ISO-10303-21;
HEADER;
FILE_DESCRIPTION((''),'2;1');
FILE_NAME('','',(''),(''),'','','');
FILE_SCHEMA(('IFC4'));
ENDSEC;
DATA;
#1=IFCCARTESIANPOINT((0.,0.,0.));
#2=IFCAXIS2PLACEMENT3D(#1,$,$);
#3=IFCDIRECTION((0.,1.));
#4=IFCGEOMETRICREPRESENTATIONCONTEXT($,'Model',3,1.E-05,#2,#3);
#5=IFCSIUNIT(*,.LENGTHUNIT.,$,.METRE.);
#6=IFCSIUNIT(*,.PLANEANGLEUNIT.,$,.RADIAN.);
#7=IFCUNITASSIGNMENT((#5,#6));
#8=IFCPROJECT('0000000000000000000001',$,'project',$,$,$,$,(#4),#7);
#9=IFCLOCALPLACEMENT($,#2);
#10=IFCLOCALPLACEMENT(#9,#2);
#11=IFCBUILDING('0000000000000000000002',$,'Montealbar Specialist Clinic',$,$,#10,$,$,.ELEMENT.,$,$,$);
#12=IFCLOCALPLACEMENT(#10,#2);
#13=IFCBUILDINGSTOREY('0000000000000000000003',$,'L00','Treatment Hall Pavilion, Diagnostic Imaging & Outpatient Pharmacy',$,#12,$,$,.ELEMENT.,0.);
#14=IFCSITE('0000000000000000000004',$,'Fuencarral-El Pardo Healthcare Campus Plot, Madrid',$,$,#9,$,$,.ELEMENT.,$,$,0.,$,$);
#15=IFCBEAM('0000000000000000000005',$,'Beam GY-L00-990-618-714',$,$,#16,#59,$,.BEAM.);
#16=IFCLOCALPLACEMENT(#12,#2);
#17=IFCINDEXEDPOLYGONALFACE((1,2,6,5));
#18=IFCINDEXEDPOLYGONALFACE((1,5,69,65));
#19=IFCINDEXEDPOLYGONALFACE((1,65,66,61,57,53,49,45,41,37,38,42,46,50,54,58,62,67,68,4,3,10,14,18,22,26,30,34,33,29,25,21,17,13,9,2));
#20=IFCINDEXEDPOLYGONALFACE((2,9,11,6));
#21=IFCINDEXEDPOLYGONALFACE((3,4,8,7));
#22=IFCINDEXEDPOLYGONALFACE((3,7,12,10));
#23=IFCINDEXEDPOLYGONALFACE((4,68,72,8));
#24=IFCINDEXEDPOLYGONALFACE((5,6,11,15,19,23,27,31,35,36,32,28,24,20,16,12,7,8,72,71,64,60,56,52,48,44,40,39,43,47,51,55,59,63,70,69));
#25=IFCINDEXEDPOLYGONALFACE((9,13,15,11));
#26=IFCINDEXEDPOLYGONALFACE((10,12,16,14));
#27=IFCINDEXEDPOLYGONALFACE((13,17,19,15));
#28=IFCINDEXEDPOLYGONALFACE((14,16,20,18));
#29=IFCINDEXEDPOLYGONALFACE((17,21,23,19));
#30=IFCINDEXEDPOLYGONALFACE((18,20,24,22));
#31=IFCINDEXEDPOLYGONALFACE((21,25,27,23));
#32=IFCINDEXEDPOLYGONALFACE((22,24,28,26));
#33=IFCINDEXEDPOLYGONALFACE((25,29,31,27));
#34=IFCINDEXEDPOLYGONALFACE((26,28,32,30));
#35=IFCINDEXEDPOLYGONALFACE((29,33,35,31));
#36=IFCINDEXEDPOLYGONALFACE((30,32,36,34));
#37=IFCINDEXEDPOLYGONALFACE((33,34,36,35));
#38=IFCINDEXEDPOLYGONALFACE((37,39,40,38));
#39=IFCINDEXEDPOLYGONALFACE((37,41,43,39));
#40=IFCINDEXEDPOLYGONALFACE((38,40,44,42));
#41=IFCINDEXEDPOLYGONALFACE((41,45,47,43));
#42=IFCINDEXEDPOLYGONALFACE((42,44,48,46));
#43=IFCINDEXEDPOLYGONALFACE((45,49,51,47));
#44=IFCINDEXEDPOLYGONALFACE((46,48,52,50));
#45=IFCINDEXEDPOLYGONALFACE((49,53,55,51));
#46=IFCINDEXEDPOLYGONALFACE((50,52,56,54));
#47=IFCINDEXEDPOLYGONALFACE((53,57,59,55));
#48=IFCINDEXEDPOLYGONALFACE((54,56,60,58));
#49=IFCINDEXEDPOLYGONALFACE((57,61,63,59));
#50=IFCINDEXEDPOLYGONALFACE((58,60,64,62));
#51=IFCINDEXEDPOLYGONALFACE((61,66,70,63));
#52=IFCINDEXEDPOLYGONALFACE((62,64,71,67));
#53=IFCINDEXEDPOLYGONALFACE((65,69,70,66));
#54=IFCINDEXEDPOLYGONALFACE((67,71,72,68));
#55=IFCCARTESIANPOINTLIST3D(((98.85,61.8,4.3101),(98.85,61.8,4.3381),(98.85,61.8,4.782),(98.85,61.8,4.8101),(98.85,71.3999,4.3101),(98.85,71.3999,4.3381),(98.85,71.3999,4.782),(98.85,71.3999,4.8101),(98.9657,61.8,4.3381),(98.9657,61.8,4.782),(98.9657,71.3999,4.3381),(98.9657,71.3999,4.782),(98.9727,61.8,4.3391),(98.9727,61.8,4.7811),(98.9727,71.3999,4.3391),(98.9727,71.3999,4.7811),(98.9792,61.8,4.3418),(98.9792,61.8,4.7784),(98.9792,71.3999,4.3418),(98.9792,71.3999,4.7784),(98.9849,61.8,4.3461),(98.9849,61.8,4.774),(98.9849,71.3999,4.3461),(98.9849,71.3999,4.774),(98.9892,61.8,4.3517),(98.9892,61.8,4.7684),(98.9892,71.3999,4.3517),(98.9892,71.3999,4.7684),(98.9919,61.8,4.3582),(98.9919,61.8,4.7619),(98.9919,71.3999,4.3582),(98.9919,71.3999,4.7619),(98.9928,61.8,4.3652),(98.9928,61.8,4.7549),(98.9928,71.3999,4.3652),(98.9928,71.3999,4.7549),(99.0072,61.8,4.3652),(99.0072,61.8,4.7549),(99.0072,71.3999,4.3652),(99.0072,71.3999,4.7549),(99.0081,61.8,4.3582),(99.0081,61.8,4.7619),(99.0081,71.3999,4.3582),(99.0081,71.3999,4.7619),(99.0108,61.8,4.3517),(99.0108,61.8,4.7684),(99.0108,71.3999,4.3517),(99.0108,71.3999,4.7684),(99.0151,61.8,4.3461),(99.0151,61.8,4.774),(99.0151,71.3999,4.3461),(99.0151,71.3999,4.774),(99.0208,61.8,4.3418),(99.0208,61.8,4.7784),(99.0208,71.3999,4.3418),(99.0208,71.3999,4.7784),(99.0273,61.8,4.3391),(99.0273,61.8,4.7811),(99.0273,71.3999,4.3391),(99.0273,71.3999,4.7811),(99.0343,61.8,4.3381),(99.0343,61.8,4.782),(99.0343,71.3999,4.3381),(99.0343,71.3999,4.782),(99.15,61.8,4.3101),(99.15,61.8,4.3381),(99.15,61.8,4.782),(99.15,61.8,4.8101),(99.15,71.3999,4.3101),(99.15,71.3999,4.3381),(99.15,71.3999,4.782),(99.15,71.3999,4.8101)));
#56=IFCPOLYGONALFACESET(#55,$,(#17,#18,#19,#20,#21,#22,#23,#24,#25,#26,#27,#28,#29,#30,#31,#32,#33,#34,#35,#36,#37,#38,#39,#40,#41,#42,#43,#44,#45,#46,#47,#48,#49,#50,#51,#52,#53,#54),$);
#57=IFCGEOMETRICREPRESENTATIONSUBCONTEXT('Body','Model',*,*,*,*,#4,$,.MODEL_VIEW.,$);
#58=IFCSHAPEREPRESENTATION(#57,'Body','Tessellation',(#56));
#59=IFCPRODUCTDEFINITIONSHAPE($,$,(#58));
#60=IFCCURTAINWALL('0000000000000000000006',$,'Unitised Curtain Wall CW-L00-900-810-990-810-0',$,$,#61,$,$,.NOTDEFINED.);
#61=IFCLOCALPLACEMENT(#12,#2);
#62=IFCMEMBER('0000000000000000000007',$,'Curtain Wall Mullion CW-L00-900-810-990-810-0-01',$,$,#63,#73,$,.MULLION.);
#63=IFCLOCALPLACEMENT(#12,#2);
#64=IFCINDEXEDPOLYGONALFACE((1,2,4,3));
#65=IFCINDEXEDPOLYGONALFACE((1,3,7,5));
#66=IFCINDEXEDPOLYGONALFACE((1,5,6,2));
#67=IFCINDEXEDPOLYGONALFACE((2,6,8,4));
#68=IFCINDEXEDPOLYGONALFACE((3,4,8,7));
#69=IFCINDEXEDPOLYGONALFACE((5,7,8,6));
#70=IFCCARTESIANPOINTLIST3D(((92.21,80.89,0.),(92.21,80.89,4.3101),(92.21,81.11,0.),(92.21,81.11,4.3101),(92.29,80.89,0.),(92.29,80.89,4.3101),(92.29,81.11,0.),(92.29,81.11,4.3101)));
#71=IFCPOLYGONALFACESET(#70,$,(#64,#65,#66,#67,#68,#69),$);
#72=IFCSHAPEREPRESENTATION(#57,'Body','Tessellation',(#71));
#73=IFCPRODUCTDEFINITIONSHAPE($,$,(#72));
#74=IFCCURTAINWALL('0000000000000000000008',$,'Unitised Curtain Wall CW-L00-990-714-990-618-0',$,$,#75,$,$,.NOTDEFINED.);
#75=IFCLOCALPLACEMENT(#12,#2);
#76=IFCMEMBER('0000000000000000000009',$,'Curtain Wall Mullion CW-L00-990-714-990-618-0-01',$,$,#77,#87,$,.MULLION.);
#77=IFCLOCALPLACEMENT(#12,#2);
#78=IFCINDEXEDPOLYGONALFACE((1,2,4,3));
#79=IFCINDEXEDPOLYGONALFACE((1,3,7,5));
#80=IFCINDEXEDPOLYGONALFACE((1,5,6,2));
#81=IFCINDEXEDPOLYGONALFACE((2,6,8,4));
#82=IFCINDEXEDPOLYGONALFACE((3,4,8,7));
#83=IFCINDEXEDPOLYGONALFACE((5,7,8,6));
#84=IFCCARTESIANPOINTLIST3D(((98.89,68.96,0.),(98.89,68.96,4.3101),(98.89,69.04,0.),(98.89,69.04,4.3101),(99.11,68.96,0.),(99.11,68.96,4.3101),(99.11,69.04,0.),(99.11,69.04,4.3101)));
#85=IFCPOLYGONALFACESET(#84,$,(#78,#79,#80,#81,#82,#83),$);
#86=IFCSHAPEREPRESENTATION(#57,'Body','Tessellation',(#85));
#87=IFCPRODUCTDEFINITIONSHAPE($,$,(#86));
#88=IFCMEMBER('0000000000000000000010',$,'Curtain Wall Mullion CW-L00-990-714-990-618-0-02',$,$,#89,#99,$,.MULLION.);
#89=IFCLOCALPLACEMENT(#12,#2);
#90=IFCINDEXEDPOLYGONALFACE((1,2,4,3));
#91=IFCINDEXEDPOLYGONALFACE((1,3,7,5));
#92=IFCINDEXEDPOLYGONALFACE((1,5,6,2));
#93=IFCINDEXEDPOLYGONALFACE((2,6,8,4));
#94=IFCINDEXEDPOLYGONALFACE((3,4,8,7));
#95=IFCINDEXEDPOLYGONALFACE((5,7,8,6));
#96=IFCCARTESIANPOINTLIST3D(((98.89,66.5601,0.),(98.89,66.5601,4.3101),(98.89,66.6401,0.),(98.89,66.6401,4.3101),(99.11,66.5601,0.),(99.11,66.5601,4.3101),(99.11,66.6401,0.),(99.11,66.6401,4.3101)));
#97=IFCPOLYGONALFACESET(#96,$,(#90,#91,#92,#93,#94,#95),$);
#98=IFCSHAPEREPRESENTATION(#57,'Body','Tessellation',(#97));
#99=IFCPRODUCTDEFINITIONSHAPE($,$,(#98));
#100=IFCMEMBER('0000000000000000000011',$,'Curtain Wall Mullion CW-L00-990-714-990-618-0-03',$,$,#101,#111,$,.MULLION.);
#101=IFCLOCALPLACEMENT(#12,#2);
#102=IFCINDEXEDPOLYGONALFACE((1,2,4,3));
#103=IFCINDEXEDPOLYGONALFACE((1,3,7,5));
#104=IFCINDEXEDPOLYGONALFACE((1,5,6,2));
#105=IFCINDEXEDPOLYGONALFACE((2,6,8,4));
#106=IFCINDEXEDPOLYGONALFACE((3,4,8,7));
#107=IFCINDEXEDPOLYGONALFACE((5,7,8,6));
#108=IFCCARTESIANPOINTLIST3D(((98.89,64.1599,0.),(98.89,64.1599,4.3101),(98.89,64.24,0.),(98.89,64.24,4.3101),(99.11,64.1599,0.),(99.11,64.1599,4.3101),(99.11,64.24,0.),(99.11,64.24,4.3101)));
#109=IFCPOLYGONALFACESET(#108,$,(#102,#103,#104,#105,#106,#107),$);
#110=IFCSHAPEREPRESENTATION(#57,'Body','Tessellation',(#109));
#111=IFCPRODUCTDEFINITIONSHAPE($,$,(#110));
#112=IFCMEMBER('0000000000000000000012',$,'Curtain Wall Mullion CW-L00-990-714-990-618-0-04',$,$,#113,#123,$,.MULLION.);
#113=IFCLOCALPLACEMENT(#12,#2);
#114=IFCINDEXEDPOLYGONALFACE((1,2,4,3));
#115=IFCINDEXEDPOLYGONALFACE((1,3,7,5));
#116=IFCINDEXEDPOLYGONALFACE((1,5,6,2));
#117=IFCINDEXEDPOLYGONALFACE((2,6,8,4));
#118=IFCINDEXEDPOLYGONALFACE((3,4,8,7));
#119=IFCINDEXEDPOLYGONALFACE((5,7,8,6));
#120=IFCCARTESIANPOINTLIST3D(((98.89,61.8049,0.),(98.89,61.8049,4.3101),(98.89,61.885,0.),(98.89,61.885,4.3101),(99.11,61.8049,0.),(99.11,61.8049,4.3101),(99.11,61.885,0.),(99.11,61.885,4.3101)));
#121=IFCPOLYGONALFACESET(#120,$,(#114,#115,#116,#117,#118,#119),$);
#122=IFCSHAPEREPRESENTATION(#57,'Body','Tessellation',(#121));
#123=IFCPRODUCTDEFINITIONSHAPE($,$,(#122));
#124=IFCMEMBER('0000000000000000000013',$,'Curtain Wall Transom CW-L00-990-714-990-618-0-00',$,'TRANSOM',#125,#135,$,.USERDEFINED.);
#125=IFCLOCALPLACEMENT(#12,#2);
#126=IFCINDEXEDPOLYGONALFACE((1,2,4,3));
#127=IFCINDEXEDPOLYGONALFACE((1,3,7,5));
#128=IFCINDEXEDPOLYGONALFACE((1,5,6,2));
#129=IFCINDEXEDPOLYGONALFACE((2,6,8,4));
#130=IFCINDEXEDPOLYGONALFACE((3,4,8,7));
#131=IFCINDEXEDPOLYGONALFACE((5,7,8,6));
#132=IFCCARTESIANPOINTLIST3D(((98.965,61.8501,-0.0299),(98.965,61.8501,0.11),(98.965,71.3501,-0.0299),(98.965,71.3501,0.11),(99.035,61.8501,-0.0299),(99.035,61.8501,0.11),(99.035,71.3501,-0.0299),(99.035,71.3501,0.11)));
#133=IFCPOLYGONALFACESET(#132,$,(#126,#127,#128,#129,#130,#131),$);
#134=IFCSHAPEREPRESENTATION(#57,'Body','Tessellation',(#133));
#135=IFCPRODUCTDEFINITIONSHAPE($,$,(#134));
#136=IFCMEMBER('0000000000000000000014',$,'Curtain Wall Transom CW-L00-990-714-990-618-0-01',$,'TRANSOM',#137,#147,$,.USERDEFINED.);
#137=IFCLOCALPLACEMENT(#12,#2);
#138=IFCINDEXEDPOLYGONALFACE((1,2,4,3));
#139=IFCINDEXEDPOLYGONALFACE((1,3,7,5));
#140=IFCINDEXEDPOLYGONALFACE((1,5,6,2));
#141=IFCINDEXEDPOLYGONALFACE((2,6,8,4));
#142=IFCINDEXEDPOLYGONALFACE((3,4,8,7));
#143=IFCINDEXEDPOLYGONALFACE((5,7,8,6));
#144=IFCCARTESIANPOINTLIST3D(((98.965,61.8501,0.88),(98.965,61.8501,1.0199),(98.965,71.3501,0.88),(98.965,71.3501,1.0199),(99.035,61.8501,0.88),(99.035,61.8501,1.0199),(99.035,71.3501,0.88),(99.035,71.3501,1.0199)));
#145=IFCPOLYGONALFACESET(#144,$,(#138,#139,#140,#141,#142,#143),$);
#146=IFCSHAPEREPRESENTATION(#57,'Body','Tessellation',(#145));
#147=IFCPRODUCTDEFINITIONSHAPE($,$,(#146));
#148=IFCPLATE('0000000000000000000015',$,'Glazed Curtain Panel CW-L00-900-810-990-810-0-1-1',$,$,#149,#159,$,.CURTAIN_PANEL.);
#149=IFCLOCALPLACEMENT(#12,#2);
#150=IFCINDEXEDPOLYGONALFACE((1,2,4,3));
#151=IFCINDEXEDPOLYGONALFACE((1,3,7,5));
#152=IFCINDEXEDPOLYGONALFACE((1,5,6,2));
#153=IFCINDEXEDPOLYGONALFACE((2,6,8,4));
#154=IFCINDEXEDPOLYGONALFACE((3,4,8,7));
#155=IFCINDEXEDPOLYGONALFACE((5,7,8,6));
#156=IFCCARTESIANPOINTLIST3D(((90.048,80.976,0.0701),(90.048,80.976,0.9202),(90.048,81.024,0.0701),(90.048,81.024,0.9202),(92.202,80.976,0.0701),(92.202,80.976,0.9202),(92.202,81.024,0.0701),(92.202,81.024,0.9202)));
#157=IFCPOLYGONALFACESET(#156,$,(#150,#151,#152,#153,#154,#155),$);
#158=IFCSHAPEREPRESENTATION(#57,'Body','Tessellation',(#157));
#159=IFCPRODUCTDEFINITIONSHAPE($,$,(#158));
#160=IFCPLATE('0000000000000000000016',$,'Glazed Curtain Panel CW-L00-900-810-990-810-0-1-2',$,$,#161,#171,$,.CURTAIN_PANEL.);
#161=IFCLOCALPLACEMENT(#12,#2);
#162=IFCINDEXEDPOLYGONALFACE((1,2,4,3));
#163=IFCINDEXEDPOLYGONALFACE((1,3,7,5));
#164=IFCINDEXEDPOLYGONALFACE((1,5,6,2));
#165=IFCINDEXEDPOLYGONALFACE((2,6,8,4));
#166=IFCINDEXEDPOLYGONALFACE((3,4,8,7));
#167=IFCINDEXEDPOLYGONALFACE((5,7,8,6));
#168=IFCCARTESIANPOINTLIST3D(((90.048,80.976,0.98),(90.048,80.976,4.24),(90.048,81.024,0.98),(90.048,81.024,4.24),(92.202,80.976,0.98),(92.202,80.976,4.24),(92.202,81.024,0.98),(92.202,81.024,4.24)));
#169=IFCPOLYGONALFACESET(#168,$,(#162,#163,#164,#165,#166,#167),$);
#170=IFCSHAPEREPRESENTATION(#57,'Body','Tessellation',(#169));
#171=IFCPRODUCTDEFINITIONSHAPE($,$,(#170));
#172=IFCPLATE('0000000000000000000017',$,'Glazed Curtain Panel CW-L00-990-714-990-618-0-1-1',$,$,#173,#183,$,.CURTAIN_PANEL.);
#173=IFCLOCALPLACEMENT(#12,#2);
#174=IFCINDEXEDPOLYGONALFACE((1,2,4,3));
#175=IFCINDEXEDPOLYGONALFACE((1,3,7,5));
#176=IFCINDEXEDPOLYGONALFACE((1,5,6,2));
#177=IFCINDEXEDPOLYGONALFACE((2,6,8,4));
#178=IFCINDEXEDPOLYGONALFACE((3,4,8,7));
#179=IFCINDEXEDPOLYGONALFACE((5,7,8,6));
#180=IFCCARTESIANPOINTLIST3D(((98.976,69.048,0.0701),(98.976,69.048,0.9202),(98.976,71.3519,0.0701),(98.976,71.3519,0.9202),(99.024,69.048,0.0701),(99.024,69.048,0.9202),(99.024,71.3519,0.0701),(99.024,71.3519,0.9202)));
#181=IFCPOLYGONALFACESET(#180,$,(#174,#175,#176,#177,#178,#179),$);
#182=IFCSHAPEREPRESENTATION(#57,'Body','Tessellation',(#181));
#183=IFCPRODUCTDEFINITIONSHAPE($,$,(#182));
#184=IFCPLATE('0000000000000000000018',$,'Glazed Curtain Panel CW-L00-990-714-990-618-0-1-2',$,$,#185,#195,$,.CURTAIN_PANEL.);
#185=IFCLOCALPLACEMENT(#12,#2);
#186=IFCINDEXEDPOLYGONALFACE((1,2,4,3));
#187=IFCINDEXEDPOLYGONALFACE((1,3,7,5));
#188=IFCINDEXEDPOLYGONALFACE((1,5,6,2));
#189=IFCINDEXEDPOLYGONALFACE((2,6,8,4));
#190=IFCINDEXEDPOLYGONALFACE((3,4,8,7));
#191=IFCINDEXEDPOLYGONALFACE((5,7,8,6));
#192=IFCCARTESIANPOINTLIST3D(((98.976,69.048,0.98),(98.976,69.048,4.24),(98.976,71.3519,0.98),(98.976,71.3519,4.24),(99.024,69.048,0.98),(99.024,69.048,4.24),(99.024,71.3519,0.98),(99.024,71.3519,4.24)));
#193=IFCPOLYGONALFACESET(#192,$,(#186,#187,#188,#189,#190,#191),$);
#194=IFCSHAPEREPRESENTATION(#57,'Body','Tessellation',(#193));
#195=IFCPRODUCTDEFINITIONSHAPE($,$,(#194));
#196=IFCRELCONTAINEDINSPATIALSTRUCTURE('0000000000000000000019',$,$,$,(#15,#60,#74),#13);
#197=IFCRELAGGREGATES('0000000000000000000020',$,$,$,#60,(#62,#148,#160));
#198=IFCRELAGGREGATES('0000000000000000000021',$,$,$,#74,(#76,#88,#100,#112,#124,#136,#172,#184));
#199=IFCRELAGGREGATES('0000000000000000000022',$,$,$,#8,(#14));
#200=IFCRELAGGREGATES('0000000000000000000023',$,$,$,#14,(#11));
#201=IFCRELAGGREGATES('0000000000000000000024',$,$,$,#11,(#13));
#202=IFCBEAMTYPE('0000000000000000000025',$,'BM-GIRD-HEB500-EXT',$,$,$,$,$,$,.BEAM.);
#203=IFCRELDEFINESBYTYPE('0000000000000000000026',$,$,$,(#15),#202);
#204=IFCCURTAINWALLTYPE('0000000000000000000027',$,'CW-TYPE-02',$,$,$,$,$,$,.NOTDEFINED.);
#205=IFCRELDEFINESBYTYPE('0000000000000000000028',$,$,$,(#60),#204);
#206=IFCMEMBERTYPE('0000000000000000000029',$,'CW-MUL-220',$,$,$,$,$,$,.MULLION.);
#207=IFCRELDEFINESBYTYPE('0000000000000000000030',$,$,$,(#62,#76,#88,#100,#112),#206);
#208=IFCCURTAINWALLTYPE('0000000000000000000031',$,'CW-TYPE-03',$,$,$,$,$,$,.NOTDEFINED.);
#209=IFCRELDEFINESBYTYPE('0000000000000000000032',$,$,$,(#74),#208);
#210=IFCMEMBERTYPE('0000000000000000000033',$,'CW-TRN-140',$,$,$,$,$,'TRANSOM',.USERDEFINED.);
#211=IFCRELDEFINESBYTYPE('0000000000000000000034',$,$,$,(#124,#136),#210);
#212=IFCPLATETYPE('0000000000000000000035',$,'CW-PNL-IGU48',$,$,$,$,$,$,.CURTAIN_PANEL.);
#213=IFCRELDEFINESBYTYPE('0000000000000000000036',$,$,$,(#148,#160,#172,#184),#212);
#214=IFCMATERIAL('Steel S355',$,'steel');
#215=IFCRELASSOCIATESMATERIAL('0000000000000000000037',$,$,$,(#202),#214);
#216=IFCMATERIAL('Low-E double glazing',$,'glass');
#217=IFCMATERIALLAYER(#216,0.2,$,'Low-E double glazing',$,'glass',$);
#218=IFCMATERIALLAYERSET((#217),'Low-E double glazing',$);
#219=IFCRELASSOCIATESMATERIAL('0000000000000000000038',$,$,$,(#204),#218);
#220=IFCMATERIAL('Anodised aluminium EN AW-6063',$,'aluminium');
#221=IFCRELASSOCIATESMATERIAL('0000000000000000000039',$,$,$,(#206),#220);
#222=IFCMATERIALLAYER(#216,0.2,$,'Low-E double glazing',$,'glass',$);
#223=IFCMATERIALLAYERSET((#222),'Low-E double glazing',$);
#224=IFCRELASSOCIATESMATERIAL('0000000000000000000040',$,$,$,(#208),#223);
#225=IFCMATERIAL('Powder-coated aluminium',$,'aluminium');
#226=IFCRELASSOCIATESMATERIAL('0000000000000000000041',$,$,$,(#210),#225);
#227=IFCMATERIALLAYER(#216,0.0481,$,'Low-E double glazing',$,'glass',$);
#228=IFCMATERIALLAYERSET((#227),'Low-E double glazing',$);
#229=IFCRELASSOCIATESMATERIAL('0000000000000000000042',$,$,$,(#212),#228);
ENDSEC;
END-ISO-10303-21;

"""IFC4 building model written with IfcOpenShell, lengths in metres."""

from ifc_helpers import new_model, si_unit, direction, frame, origin, origin_2d, place, context, subcontext, project, spatial, rectangle, i_section, extrude, material, layer, layer_set, material_profile, profile_set, type_object, element, aggregate, save


model = new_model("IFC4")

# Units and contexts
model_context = context("Model", 3, precision=1e-05, world=origin(), true_north=direction((0.0, 1.0)))
body_context = subcontext(model_context, "Body", "Model", "MODEL_VIEW")
ifc_project = project(units=[si_unit("LENGTHUNIT", "METRE"), si_unit("PLANEANGLEUNIT", "RADIAN")], contexts=[model_context])

# Site, building, storey
site_placement = place(None, origin())
site = spatial("IfcSite", under=ifc_project, at=site_placement, Name="Fuencarral-El Pardo Healthcare Campus Plot, Madrid", CompositionType="ELEMENT", RefElevation=0.0)
building_placement = place(site_placement, origin())
building = spatial("IfcBuilding", under=site, at=building_placement, Name="Montealbar Specialist Clinic", CompositionType="ELEMENT")
storey_placement = place(building_placement, origin())
storey = spatial("IfcBuildingStorey", under=building, at=storey_placement, Name="L00", Description="Treatment Hall Pavilion, Diagnostic Imaging & Outpatient Pharmacy", CompositionType="ELEMENT", Elevation=0.0)

# Shared definitions
ifc_material_1 = material(Name="Steel S355", Category="steel")

# Beam
ifc_material_profile_1 = material_profile(ifc_material_1, i_section(OverallWidth=0.3, OverallDepth=0.5, WebThickness=0.0144, FlangeThickness=0.0281, FilletRadius=0.0271, at=origin_2d()), Name="HEB 500", Category="steel")
ifc_profile_set_1 = profile_set([ifc_material_profile_1], Name="Steel S355")
beam_type = type_object("IfcBeamType", Name="BM-GIRD-HEB500-EXT", PredefinedType="BEAM", material=ifc_profile_set_1)
beam_1_placement = place(storey_placement, frame((99.0, 61.8, 4.5601), z_axis=(0.0, 1.0, 0.0), x_axis=(-1.0, 0.0, 0.0)))
element("IfcBeam", 1, at=beam_1_placement, inside=storey, type_object=beam_type, Name="Beam GY-L00-990-618-714", PredefinedType="BEAM", context=body_context, shape_type="SweptSolid", body=[
    extrude(i_section(OverallWidth=0.3, OverallDepth=0.5, WebThickness=0.0144, FlangeThickness=0.0281, FilletRadius=0.0271, at=origin_2d()), origin(), (0.0, 0.0, 1.0), 9.5999),
])

# Curtain wall, member
ifc_material_2 = material(Name="Low-E double glazing", Category="glass")
ifc_layer_1 = layer(ifc_material_2, 0.2, Name="Low-E double glazing", Category="glass")
ifc_layer_set_1 = layer_set([ifc_layer_1], Name="Low-E double glazing")
curtain_wall_type_1 = type_object("IfcCurtainWallType", Name="CW-TYPE-02", PredefinedType="NOTDEFINED", material=ifc_layer_set_1)
curtain_wall_1_placement = place(storey_placement, origin())
curtain_wall_1 = element("IfcCurtainWall", 2, at=curtain_wall_1_placement, inside=storey, type_object=curtain_wall_type_1, Name="Unitised Curtain Wall CW-L00-900-810-990-810-0", PredefinedType="NOTDEFINED")
ifc_material_3 = material(Name="Anodised aluminium EN AW-6063", Category="aluminium")
ifc_material_profile_2 = material_profile(ifc_material_3, rectangle(XDim=0.0801, YDim=0.22, at=origin_2d()), Name="ALU 80x220", Category="aluminium")
ifc_profile_set_2 = profile_set([ifc_material_profile_2], Name="Anodised aluminium EN AW-6063")
member_type_1 = type_object("IfcMemberType", Name="CW-MUL-220", PredefinedType="MULLION", material=ifc_profile_set_2)
member_1_placement = place(storey_placement, frame((92.25, 81.0, 0.0), z_axis=(0.0, 0.0, 1.0), x_axis=(1.0, 0.0, 0.0)))
member_1 = element("IfcMember", 3, at=member_1_placement, type_object=member_type_1, Name="Curtain Wall Mullion CW-L00-900-810-990-810-0-01", PredefinedType="MULLION", context=body_context, shape_type="SweptSolid", body=[
    extrude(rectangle(XDim=0.0801, YDim=0.22, at=origin_2d()), origin(), (0.0, 0.0, 1.0), 4.3101),
])

# Curtain wall, members
ifc_layer_2 = layer(ifc_material_2, 0.2, Name="Low-E double glazing", Category="glass")
ifc_layer_set_2 = layer_set([ifc_layer_2], Name="Low-E double glazing")
curtain_wall_type_2 = type_object("IfcCurtainWallType", Name="CW-TYPE-03", PredefinedType="NOTDEFINED", material=ifc_layer_set_2)
curtain_wall_2_placement = place(storey_placement, origin())
curtain_wall_2 = element("IfcCurtainWall", 4, at=curtain_wall_2_placement, inside=storey, type_object=curtain_wall_type_2, Name="Unitised Curtain Wall CW-L00-990-714-990-618-0", PredefinedType="NOTDEFINED")
member_2_placement = place(storey_placement, frame((99.0, 69.0, 0.0), z_axis=(0.0, 0.0, 1.0), x_axis=(0.0, -1.0, 0.0)))
member_2 = element("IfcMember", 5, at=member_2_placement, type_object=member_type_1, Name="Curtain Wall Mullion CW-L00-990-714-990-618-0-01", PredefinedType="MULLION", context=body_context, shape_type="SweptSolid", body=[
    extrude(rectangle(XDim=0.0801, YDim=0.22, at=origin_2d()), origin(), (0.0, 0.0, 1.0), 4.3101),
])
member_3_placement = place(storey_placement, frame((99.0, 66.6001, 0.0), z_axis=(0.0, 0.0, 1.0), x_axis=(0.0, -1.0, 0.0)))
member_3 = element("IfcMember", 6, at=member_3_placement, type_object=member_type_1, Name="Curtain Wall Mullion CW-L00-990-714-990-618-0-02", PredefinedType="MULLION", context=body_context, shape_type="SweptSolid", body=[
    extrude(rectangle(XDim=0.0801, YDim=0.22, at=origin_2d()), origin(), (0.0, 0.0, 1.0), 4.3101),
])
member_4_placement = place(storey_placement, frame((99.0, 64.2, 0.0), z_axis=(0.0, 0.0, 1.0), x_axis=(0.0, -1.0, 0.0)))
member_4 = element("IfcMember", 7, at=member_4_placement, type_object=member_type_1, Name="Curtain Wall Mullion CW-L00-990-714-990-618-0-03", PredefinedType="MULLION", context=body_context, shape_type="SweptSolid", body=[
    extrude(rectangle(XDim=0.0801, YDim=0.22, at=origin_2d()), origin(), (0.0, 0.0, 1.0), 4.3101),
])
member_5_placement = place(storey_placement, frame((99.0, 61.845, 0.0), z_axis=(0.0, 0.0, 1.0), x_axis=(0.0, -1.0, 0.0)))
member_5 = element("IfcMember", 8, at=member_5_placement, type_object=member_type_1, Name="Curtain Wall Mullion CW-L00-990-714-990-618-0-04", PredefinedType="MULLION", context=body_context, shape_type="SweptSolid", body=[
    extrude(rectangle(XDim=0.0801, YDim=0.22, at=origin_2d()), origin(), (0.0, 0.0, 1.0), 4.3101),
])
ifc_material_4 = material(Name="Powder-coated aluminium", Category="aluminium")
ifc_material_profile_3 = material_profile(ifc_material_4, rectangle(XDim=0.0701, YDim=0.1399, at=origin_2d()), Name="ALU 70x140", Category="aluminium")
ifc_profile_set_3 = profile_set([ifc_material_profile_3], Name="Powder-coated aluminium")
member_type_2 = type_object("IfcMemberType", Name="CW-TRN-140", ElementType="TRANSOM", PredefinedType="USERDEFINED", material=ifc_profile_set_3)
member_6_placement = place(storey_placement, frame((99.0, 71.3501, 0.04), z_axis=(0.0, -1.0, 0.0), x_axis=(1.0, 0.0, 0.0)))
member_6 = element("IfcMember", 9, at=member_6_placement, type_object=member_type_2, Name="Curtain Wall Transom CW-L00-990-714-990-618-0-00", ObjectType="TRANSOM", PredefinedType="USERDEFINED", context=body_context, shape_type="SweptSolid", body=[
    extrude(rectangle(XDim=0.0701, YDim=0.1399, at=origin_2d()), origin(), (0.0, 0.0, 1.0), 9.5),
])
member_7_placement = place(storey_placement, frame((99.0, 71.3501, 0.95), z_axis=(0.0, -1.0, 0.0), x_axis=(1.0, 0.0, 0.0)))
member_7 = element("IfcMember", 10, at=member_7_placement, type_object=member_type_2, Name="Curtain Wall Transom CW-L00-990-714-990-618-0-01", ObjectType="TRANSOM", PredefinedType="USERDEFINED", context=body_context, shape_type="SweptSolid", body=[
    extrude(rectangle(XDim=0.0701, YDim=0.1399, at=origin_2d()), origin(), (0.0, 0.0, 1.0), 9.5),
])

# Plates
ifc_layer_3 = layer(ifc_material_2, 0.0481, Name="Low-E double glazing", Category="glass")
ifc_layer_set_3 = layer_set([ifc_layer_3], Name="Low-E double glazing")
plate_type = type_object("IfcPlateType", Name="CW-PNL-IGU48", PredefinedType="CURTAIN_PANEL", material=ifc_layer_set_3)
plate_1_placement = place(storey_placement, frame((91.125, 81.0, 0.0701), z_axis=(0.0, 0.0, 1.0), x_axis=(1.0, 0.0, 0.0)))
plate_1 = element("IfcPlate", 11, at=plate_1_placement, type_object=plate_type, Name="Glazed Curtain Panel CW-L00-900-810-990-810-0-1-1", PredefinedType="CURTAIN_PANEL", context=body_context, shape_type="SweptSolid", body=[
    extrude(rectangle(XDim=2.1541, YDim=0.0481, at=origin_2d()), origin(), (0.0, 0.0, 1.0), 0.8501),
])
plate_2_placement = place(storey_placement, frame((91.125, 81.0, 0.98), z_axis=(0.0, 0.0, 1.0), x_axis=(1.0, 0.0, 0.0)))
plate_2 = element("IfcPlate", 12, at=plate_2_placement, type_object=plate_type, Name="Glazed Curtain Panel CW-L00-900-810-990-810-0-1-2", PredefinedType="CURTAIN_PANEL", context=body_context, shape_type="SweptSolid", body=[
    extrude(rectangle(XDim=2.1541, YDim=0.0481, at=origin_2d()), origin(), (0.0, 0.0, 1.0), 3.26),
])
aggregate(curtain_wall_1, [member_1, plate_1, plate_2])
plate_3_placement = place(storey_placement, frame((99.0, 70.2, 0.0701), z_axis=(0.0, 0.0, 1.0), x_axis=(0.0, -1.0, 0.0)))
plate_3 = element("IfcPlate", 13, at=plate_3_placement, type_object=plate_type, Name="Glazed Curtain Panel CW-L00-990-714-990-618-0-1-1", PredefinedType="CURTAIN_PANEL", context=body_context, shape_type="SweptSolid", body=[
    extrude(rectangle(XDim=2.304, YDim=0.0481, at=origin_2d()), origin(), (0.0, 0.0, 1.0), 0.8501),
])
plate_4_placement = place(storey_placement, frame((99.0, 70.2, 0.98), z_axis=(0.0, 0.0, 1.0), x_axis=(0.0, -1.0, 0.0)))
plate_4 = element("IfcPlate", 14, at=plate_4_placement, type_object=plate_type, Name="Glazed Curtain Panel CW-L00-990-714-990-618-0-1-2", PredefinedType="CURTAIN_PANEL", context=body_context, shape_type="SweptSolid", body=[
    extrude(rectangle(XDim=2.304, YDim=0.0481, at=origin_2d()), origin(), (0.0, 0.0, 1.0), 3.26),
])
aggregate(curtain_wall_2, [member_2, member_3, member_4, member_5, member_6, member_7, plate_3, plate_4])

save(model, "model.ifc")
